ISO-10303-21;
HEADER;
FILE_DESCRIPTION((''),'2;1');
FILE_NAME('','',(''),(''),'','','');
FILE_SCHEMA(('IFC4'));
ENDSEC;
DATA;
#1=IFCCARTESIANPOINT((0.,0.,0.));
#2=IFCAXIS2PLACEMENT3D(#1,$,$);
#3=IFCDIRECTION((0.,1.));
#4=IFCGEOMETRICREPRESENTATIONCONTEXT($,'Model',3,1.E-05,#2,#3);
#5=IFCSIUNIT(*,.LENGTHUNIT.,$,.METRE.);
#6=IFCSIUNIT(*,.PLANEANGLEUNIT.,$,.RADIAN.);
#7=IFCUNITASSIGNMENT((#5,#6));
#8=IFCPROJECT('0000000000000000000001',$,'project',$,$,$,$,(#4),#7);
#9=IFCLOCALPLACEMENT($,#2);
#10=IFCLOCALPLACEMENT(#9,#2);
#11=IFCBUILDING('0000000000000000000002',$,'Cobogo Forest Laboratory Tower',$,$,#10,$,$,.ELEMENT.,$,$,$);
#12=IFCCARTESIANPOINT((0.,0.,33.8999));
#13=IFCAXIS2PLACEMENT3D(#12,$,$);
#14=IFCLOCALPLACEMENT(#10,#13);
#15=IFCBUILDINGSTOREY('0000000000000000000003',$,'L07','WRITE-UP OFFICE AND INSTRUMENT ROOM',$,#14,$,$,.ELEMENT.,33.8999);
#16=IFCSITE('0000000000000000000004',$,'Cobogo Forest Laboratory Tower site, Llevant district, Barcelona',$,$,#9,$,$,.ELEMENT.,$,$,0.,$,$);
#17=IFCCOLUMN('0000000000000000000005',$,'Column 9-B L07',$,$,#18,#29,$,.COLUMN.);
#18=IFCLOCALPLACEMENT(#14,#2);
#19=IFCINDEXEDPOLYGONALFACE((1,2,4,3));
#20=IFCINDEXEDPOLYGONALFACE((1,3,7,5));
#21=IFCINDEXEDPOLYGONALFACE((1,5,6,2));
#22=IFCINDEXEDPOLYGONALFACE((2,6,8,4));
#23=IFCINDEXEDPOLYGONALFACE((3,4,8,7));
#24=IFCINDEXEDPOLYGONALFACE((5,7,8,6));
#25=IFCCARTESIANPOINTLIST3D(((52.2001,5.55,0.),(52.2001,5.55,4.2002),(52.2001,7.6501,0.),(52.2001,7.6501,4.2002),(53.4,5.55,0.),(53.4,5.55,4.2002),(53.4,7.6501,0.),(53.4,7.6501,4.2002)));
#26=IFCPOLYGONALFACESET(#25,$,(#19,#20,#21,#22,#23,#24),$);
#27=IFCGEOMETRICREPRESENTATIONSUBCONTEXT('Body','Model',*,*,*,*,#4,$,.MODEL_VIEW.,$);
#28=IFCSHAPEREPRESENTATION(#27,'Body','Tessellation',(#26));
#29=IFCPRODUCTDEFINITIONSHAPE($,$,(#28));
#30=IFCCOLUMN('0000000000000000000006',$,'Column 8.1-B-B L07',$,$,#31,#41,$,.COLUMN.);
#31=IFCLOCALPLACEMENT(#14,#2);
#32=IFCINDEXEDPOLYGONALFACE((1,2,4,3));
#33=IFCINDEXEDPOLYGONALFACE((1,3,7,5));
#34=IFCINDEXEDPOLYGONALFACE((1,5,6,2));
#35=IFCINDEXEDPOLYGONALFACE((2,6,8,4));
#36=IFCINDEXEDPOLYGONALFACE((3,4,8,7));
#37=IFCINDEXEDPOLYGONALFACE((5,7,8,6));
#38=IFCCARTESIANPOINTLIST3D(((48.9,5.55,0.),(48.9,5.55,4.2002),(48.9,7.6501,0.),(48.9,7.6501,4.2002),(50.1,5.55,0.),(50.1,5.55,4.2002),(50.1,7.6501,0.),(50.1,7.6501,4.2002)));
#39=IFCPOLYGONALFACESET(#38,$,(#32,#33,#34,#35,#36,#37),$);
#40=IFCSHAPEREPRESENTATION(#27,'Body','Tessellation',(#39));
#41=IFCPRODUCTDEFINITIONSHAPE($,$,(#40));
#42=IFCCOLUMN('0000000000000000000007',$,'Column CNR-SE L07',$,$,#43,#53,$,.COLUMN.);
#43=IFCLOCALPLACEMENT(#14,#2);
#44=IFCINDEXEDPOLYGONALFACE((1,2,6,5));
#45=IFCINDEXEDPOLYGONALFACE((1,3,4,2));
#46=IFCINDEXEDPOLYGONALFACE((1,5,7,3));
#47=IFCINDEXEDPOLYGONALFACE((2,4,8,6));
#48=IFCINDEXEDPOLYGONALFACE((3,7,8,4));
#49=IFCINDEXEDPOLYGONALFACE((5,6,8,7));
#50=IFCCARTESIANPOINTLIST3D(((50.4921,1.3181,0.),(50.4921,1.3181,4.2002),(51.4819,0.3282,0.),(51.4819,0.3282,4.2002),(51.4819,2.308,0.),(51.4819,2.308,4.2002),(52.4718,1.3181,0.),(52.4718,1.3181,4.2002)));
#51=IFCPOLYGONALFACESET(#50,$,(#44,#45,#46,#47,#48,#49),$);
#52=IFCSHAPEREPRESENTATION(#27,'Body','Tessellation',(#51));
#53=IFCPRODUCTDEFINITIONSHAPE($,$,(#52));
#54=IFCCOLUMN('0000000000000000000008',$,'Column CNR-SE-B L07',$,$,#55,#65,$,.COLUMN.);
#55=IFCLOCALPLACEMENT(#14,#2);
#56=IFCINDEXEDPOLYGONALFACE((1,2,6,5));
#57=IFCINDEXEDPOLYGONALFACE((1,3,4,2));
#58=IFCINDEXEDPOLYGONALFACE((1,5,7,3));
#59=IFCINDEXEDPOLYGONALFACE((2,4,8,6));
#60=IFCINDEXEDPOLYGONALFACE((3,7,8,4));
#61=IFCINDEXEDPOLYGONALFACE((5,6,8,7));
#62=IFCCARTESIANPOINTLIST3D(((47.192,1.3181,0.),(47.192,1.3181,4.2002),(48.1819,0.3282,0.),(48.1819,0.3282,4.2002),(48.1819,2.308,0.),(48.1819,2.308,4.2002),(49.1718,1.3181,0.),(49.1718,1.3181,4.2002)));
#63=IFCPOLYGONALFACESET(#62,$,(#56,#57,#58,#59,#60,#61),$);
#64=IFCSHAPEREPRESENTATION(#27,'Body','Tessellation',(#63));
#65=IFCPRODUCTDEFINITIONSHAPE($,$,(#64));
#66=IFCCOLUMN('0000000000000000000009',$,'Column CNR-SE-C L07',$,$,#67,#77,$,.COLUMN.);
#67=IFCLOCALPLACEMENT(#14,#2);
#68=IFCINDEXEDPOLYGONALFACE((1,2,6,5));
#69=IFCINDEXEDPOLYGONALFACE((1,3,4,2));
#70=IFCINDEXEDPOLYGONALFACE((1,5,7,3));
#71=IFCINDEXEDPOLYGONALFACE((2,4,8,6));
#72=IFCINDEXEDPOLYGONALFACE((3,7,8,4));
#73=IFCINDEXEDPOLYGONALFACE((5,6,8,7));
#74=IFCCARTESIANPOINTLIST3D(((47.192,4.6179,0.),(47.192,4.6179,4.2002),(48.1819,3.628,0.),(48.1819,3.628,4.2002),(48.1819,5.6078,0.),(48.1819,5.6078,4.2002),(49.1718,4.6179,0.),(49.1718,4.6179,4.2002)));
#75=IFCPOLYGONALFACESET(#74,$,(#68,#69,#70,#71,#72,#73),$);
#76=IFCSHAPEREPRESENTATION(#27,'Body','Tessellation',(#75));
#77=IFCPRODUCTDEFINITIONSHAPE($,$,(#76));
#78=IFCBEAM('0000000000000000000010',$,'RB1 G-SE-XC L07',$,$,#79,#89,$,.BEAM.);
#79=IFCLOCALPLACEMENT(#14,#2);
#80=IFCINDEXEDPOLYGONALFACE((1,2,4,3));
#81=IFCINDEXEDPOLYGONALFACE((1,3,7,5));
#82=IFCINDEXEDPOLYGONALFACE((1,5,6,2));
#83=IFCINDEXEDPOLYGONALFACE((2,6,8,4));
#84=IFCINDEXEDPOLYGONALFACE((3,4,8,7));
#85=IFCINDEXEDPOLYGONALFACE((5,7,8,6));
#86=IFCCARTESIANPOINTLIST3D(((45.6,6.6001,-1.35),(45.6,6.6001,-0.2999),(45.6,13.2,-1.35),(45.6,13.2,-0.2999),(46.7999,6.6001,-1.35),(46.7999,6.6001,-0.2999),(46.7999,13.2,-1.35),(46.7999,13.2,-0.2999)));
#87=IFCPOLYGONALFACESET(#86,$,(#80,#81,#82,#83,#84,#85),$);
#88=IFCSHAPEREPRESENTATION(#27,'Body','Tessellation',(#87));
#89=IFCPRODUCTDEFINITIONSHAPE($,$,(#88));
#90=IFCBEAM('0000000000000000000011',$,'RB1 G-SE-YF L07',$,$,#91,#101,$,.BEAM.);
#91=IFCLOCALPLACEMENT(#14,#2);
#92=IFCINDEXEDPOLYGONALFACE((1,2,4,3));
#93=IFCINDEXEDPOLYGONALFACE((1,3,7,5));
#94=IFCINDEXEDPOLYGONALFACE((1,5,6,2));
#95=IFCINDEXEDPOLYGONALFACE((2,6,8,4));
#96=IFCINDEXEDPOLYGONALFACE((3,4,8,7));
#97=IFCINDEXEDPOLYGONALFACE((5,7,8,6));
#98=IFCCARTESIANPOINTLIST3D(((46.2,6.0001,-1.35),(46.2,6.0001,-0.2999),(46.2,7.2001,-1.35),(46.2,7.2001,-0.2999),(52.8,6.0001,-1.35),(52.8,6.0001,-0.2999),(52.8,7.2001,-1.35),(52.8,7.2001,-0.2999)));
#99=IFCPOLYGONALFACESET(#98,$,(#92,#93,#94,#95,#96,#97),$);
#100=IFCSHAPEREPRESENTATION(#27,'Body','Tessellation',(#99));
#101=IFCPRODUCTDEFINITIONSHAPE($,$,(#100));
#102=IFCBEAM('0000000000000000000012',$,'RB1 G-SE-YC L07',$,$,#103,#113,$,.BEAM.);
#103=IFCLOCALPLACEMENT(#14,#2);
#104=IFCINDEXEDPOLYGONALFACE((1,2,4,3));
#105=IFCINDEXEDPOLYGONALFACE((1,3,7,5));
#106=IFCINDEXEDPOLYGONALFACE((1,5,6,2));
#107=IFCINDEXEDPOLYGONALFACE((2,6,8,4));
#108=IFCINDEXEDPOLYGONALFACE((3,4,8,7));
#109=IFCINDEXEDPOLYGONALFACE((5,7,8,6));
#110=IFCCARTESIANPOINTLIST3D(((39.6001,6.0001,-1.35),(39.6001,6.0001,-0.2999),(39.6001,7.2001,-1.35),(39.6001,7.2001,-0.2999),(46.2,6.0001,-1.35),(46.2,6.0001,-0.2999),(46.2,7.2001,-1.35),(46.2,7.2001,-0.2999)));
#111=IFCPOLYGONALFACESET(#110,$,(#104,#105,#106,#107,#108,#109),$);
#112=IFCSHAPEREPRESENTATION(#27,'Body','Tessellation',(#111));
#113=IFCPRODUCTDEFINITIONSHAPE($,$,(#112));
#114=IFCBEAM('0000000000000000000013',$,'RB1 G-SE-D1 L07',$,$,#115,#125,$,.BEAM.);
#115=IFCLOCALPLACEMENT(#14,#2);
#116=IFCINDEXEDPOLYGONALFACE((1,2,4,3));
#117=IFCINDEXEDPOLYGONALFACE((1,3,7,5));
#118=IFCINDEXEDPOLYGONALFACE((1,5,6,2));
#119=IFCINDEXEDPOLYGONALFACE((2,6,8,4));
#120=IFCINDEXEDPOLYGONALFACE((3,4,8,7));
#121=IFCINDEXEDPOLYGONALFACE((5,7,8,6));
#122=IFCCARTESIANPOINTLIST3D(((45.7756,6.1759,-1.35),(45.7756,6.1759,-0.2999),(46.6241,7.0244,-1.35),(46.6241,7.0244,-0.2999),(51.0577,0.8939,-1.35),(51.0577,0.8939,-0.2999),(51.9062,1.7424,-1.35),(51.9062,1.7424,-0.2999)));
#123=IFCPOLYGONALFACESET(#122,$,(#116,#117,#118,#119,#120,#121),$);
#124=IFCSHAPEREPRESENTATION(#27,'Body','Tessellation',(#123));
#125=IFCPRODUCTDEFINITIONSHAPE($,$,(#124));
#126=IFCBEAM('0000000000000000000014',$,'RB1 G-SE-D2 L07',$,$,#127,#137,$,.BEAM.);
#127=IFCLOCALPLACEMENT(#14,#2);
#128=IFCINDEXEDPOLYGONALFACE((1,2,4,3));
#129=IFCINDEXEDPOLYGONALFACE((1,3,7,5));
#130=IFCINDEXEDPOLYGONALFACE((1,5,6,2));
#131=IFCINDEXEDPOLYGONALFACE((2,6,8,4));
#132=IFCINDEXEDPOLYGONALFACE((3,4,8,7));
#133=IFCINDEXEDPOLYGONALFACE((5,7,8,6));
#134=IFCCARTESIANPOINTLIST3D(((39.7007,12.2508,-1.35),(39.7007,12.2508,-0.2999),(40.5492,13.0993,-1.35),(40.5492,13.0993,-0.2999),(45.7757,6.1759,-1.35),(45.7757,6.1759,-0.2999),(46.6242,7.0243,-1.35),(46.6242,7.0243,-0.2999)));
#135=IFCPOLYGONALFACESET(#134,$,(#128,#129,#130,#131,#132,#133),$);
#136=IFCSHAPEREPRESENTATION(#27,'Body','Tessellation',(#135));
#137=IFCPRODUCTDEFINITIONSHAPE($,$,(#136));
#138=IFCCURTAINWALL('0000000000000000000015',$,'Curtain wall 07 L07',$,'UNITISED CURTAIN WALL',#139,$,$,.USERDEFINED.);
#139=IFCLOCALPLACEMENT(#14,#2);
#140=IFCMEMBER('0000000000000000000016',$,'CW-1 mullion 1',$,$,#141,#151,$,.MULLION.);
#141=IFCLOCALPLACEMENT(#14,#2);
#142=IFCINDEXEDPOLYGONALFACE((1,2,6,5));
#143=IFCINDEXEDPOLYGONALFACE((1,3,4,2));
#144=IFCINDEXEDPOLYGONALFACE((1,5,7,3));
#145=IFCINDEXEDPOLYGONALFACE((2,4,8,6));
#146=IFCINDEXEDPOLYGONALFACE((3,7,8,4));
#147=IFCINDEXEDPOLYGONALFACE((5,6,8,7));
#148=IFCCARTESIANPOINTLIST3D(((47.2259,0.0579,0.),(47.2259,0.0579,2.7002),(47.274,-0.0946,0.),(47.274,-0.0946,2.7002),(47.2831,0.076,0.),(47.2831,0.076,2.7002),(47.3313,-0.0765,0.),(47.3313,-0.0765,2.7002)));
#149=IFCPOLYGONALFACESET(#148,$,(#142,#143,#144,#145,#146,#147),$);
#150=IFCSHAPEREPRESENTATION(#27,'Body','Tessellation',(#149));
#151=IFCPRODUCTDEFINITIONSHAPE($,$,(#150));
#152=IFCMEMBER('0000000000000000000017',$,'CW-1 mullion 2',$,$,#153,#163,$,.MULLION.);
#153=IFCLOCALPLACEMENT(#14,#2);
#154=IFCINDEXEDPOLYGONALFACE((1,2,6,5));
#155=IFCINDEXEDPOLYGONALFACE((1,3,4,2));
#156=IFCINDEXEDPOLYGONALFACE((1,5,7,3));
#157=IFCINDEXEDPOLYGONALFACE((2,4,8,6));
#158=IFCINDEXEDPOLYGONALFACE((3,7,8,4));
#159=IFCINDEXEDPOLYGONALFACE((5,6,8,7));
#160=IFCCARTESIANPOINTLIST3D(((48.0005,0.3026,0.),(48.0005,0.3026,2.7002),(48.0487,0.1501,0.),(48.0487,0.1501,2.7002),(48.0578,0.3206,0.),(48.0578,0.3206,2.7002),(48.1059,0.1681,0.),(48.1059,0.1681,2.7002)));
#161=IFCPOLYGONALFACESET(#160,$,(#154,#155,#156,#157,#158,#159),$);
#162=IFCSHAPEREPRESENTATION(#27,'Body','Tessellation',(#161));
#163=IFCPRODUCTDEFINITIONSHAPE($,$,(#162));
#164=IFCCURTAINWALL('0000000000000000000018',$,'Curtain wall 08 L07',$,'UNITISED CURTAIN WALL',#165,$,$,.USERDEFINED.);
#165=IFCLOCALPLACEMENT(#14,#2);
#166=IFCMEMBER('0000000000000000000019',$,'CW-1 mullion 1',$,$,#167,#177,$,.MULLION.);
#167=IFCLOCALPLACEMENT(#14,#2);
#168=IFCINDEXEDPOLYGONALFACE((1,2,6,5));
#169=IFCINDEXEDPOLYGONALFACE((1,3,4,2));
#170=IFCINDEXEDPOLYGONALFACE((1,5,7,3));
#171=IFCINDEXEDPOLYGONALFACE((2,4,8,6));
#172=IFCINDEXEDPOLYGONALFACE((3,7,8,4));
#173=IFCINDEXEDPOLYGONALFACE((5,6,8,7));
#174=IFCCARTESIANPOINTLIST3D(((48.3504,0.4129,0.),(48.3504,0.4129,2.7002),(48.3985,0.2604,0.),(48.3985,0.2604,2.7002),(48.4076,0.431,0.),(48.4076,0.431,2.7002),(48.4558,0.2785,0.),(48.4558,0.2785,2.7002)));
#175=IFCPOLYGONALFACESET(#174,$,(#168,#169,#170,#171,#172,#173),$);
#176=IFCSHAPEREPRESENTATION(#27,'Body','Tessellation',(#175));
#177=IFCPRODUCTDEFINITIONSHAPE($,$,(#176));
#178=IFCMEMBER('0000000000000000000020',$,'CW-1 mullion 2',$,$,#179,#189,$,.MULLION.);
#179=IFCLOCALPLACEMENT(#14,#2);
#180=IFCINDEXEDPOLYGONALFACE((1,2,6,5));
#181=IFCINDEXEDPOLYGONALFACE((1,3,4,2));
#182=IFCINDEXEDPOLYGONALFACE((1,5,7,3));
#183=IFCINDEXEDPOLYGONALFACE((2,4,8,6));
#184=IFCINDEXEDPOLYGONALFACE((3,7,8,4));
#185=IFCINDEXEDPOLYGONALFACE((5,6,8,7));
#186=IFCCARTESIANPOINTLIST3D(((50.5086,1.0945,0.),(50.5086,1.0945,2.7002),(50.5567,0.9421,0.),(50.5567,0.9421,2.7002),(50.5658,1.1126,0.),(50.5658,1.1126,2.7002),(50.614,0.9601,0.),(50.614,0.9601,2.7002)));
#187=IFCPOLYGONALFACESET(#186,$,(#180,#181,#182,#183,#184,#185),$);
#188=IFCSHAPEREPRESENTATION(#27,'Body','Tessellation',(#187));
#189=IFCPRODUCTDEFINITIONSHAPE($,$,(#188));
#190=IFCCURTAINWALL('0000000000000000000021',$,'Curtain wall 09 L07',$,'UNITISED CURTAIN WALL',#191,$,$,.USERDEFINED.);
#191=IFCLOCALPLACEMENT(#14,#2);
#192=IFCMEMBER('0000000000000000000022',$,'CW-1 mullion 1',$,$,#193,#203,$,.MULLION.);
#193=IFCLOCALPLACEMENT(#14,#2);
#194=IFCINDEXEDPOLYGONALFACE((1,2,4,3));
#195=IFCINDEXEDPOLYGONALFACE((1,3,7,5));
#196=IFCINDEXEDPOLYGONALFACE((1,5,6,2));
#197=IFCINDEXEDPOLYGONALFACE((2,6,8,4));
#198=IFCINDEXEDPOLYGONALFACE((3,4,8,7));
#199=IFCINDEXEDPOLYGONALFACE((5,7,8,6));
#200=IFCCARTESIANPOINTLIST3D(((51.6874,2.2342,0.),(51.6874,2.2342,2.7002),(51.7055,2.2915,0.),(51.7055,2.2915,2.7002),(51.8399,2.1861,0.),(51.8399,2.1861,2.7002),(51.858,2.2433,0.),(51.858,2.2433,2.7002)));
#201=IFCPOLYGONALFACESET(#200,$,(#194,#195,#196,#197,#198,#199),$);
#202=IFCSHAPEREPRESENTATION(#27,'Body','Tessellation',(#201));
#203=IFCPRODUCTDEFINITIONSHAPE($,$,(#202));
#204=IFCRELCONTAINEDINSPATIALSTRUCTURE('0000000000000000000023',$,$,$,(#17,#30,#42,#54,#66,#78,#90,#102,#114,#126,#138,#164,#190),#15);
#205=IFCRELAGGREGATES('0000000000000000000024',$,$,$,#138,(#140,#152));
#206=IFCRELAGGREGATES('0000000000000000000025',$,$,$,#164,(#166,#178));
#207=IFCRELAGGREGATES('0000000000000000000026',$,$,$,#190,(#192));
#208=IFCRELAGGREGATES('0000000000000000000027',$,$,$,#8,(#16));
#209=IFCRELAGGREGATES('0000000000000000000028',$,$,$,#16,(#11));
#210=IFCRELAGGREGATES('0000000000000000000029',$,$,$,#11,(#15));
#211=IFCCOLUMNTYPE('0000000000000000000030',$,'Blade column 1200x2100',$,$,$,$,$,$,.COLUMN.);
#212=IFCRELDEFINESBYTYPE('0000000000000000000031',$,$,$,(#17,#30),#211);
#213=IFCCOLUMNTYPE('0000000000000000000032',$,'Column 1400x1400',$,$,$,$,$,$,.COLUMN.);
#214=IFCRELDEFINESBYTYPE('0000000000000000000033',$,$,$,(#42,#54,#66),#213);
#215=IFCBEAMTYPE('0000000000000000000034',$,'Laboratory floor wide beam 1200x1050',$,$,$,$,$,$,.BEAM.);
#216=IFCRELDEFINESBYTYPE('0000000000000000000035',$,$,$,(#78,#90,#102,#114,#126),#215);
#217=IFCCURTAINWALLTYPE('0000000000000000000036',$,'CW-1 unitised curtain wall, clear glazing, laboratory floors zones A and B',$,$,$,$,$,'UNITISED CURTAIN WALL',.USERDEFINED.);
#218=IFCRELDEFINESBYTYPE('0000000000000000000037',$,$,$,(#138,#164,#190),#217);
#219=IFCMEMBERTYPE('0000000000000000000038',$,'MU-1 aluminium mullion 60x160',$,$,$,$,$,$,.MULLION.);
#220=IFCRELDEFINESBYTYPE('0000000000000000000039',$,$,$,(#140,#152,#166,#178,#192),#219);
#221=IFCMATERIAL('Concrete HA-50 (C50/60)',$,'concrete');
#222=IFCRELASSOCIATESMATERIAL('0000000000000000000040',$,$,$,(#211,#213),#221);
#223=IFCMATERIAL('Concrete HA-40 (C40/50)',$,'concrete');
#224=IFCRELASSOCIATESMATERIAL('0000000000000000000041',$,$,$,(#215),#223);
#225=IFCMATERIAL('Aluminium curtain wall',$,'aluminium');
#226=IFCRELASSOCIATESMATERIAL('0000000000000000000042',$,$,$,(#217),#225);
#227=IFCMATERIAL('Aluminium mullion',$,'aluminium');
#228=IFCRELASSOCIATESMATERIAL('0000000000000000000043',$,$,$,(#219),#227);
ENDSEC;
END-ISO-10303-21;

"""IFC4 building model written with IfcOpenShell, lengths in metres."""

from ifc_helpers import new_model, si_unit, direction, frame, origin, origin_2d, place, context, subcontext, project, spatial, rectangle, extrude, material, material_profile, profile_set, type_object, element, aggregate, save


model = new_model("IFC4")

# Units and contexts
model_context = context("Model", 3, precision=1e-05, world=origin(), true_north=direction((0.0, 1.0)))
body_context = subcontext(model_context, "Body", "Model", "MODEL_VIEW")
ifc_project = project(units=[si_unit("LENGTHUNIT", "METRE"), si_unit("PLANEANGLEUNIT", "RADIAN")], contexts=[model_context])

# Site, building, storey
site_placement = place(None, origin())
site = spatial("IfcSite", under=ifc_project, at=site_placement, Name="Cobogo Forest Laboratory Tower site, Llevant district, Barcelona", CompositionType="ELEMENT", RefElevation=0.0)
building_placement = place(site_placement, origin())
building = spatial("IfcBuilding", under=site, at=building_placement, Name="Cobogo Forest Laboratory Tower", CompositionType="ELEMENT")
storey_placement = place(building_placement, frame((0.0, 0.0, 33.8999)))
storey = spatial("IfcBuildingStorey", under=building, at=storey_placement, Name="L07", Description="WRITE-UP OFFICE AND INSTRUMENT ROOM", CompositionType="ELEMENT", Elevation=33.8999)

# Columns
ifc_material_1 = material(Name="Concrete HA-50 (C50/60)", Category="concrete")
ifc_material_profile_1 = material_profile(ifc_material_1, rectangle(XDim=2.1001, YDim=1.2, at=origin_2d()), Name="RC 1200x2100")
ifc_profile_set_1 = profile_set([ifc_material_profile_1], Name="Concrete HA-50 (C50/60)")
column_type_1 = type_object("IfcColumnType", Name="Blade column 1200x2100", PredefinedType="COLUMN", material=ifc_profile_set_1)
for number, where, z_axis, x_axis, name in (
    (1, (52.8, 6.6001, 0.0), (0.0, 0.0, 1.0), (0.0, 1.0, 0.0), "Column 9-B L07"),
    (2, (49.5, 6.6001, 0.0), (0.0, 0.0, 1.0), (0.0, 1.0, 0.0), "Column 8.1-B-B L07"),
):
    element("IfcColumn", number, at=place(storey_placement, frame(where, z_axis=z_axis, x_axis=x_axis)), inside=storey, type_object=column_type_1, Name=name, PredefinedType="COLUMN", context=body_context, shape_type="SweptSolid", body=[
        extrude(rectangle(XDim=2.1001, YDim=1.2, at=origin_2d()), origin(), (0.0, 0.0, 1.0), 4.2002),
    ])
ifc_material_profile_2 = material_profile(ifc_material_1, rectangle(XDim=1.3999, YDim=1.3999, at=origin_2d()), Name="RC 1400x1400")
ifc_profile_set_2 = profile_set([ifc_material_profile_2], Name="Concrete HA-50 (C50/60)")
column_type_2 = type_object("IfcColumnType", Name="Column 1400x1400", PredefinedType="COLUMN", material=ifc_profile_set_2)
for number, where, z_axis, x_axis, name in (
    (3, (51.4819, 1.3181, 0.0), (0.0, 0.0, 1.0), (0.707107, 0.707107, 0.0), "Column CNR-SE L07"),
    (4, (48.1819, 1.3181, 0.0), (0.0, 0.0, 1.0), (0.707107, 0.707107, 0.0), "Column CNR-SE-B L07"),
    (5, (48.1819, 4.6179, 0.0), (0.0, 0.0, 1.0), (0.707107, 0.707107, 0.0), "Column CNR-SE-C L07"),
):
    element("IfcColumn", number, at=place(storey_placement, frame(where, z_axis=z_axis, x_axis=x_axis)), inside=storey, type_object=column_type_2, Name=name, PredefinedType="COLUMN", context=body_context, shape_type="SweptSolid", body=[
        extrude(rectangle(XDim=1.3999, YDim=1.3999, at=origin_2d()), origin(), (0.0, 0.0, 1.0), 4.2002),
    ])

# Beams
ifc_material_2 = material(Name="Concrete HA-40 (C40/50)", Category="concrete")
ifc_material_profile_3 = material_profile(ifc_material_2, rectangle(XDim=1.2, YDim=1.05, at=origin_2d()), Name="RC 1200x1050")
ifc_profile_set_3 = profile_set([ifc_material_profile_3], Name="Concrete HA-40 (C40/50)")
beam_type_1 = type_object("IfcBeamType", Name="Laboratory floor wide beam 1200x1050", PredefinedType="BEAM", material=ifc_profile_set_3)
beam_1_placement = place(storey_placement, frame((46.2, 6.6001, -0.825), z_axis=(0.0, 1.0, 0.0), x_axis=(-1.0, 0.0, 0.0)))
element("IfcBeam", 6, at=beam_1_placement, inside=storey, type_object=beam_type_1, Name="RB1 G-SE-XC L07", PredefinedType="BEAM", context=body_context, shape_type="SweptSolid", body=[
    extrude(rectangle(XDim=1.2, YDim=1.05, at=origin_2d()), origin(), (0.0, 0.0, 1.0), 6.5999),
])
beam_2_placement = place(storey_placement, frame((52.8, 6.6001, -0.825), z_axis=(-1.0, 0.0, 0.0), x_axis=(0.0, -1.0, 0.0)))
element("IfcBeam", 7, at=beam_2_placement, inside=storey, type_object=beam_type_1, Name="RB1 G-SE-YF L07", PredefinedType="BEAM", context=body_context, shape_type="SweptSolid", body=[
    extrude(rectangle(XDim=1.2, YDim=1.05, at=origin_2d()), origin(), (0.0, 0.0, 1.0), 6.6001),
])
beam_3_placement = place(storey_placement, frame((46.2, 6.6001, -0.825), z_axis=(-1.0, 0.0, 0.0), x_axis=(0.0, -1.0, 0.0)))
element("IfcBeam", 8, at=beam_3_placement, inside=storey, type_object=beam_type_1, Name="RB1 G-SE-YC L07", PredefinedType="BEAM", context=body_context, shape_type="SweptSolid", body=[
    extrude(rectangle(XDim=1.2, YDim=1.05, at=origin_2d()), origin(), (0.0, 0.0, 1.0), 6.5999),
])
beam_4_placement = place(storey_placement, frame((51.4819, 1.3181, -0.825), z_axis=(-0.707107, 0.707107, 0.0), x_axis=(-0.707107, -0.707107, 0.0)))
element("IfcBeam", 9, at=beam_4_placement, inside=storey, type_object=beam_type_1, Name="RB1 G-SE-D1 L07", PredefinedType="BEAM", context=body_context, shape_type="SweptSolid", body=[
    extrude(rectangle(XDim=1.2, YDim=1.05, at=origin_2d()), origin(), (0.0, 0.0, 1.0), 7.47),
])
beam_5_placement = place(storey_placement, frame((46.2, 6.6001, -0.825), z_axis=(-0.707107, 0.707107, 0.0), x_axis=(-0.707107, -0.707107, 0.0)))
element("IfcBeam", 10, at=beam_5_placement, inside=storey, type_object=beam_type_1, Name="RB1 G-SE-D2 L07", PredefinedType="BEAM", context=body_context, shape_type="SweptSolid", body=[
    extrude(rectangle(XDim=1.2, YDim=1.05, at=origin_2d()), origin(), (0.0, 0.0, 1.0), 8.5913),
])

# Curtain walls, members
ifc_material_3 = material(Name="Aluminium curtain wall", Category="aluminium")
curtain_wall_type = type_object("IfcCurtainWallType", Name="CW-1 unitised curtain wall, clear glazing, laboratory floors zones A and B", ElementType="UNITISED CURTAIN WALL", PredefinedType="USERDEFINED", material=ifc_material_3)
curtain_wall_1_placement = place(storey_placement, origin())
curtain_wall_1 = element("IfcCurtainWall", 11, at=curtain_wall_1_placement, inside=storey, type_object=curtain_wall_type, Name="Curtain wall 07 L07", ObjectType="UNITISED CURTAIN WALL", PredefinedType="USERDEFINED")
ifc_material_4 = material(Name="Aluminium mullion", Category="aluminium")
ifc_material_profile_4 = material_profile(ifc_material_4, rectangle(XDim=0.0601, YDim=0.1599, at=origin_2d()), Name="AL 60x160")
ifc_profile_set_4 = profile_set([ifc_material_profile_4], Name="Aluminium mullion")
member_type_1 = type_object("IfcMemberType", Name="MU-1 aluminium mullion 60x160", PredefinedType="MULLION", material=ifc_profile_set_4)
member_1_placement = place(storey_placement, frame((47.2786, -0.0093, 0.0), z_axis=(0.0, 0.0, 1.0), x_axis=(0.953582, 0.301135, 0.0)))
member_1 = element("IfcMember", 12, at=member_1_placement, type_object=member_type_1, Name="CW-1 mullion 1", PredefinedType="MULLION", context=body_context, shape_type="SweptSolid", body=[
    extrude(rectangle(XDim=0.0601, YDim=0.1599, at=origin_2d()), origin(), (0.0, 0.0, 1.0), 2.7002),
])
member_2_placement = place(storey_placement, frame((48.0532, 0.2354, 0.0), z_axis=(0.0, 0.0, 1.0), x_axis=(0.953582, 0.301135, 0.0)))
member_2 = element("IfcMember", 13, at=member_2_placement, type_object=member_type_1, Name="CW-1 mullion 2", PredefinedType="MULLION", context=body_context, shape_type="SweptSolid", body=[
    extrude(rectangle(XDim=0.0601, YDim=0.1599, at=origin_2d()), origin(), (0.0, 0.0, 1.0), 2.7002),
])
curtain_wall_2_placement = place(storey_placement, origin())
curtain_wall_2 = element("IfcCurtainWall", 14, at=curtain_wall_2_placement, inside=storey, type_object=curtain_wall_type, Name="Curtain wall 08 L07", ObjectType="UNITISED CURTAIN WALL", PredefinedType="USERDEFINED")
member_3_placement = place(storey_placement, frame((48.4031, 0.3457, 0.0), z_axis=(0.0, 0.0, 1.0), x_axis=(0.953581, 0.301135, 0.0)))
member_3 = element("IfcMember", 15, at=member_3_placement, type_object=member_type_1, Name="CW-1 mullion 1", PredefinedType="MULLION", context=body_context, shape_type="SweptSolid", body=[
    extrude(rectangle(XDim=0.0601, YDim=0.1599, at=origin_2d()), origin(), (0.0, 0.0, 1.0), 2.7002),
])
member_4_placement = place(storey_placement, frame((50.5613, 1.0273, 0.0), z_axis=(0.0, 0.0, 1.0), x_axis=(0.953581, 0.301135, 0.0)))
member_4 = element("IfcMember", 16, at=member_4_placement, type_object=member_type_1, Name="CW-1 mullion 2", PredefinedType="MULLION", context=body_context, shape_type="SweptSolid", body=[
    extrude(rectangle(XDim=0.0601, YDim=0.1599, at=origin_2d()), origin(), (0.0, 0.0, 1.0), 2.7002),
])
curtain_wall_3_placement = place(storey_placement, origin())
curtain_wall_3 = element("IfcCurtainWall", 17, at=curtain_wall_3_placement, inside=storey, type_object=curtain_wall_type, Name="Curtain wall 09 L07", ObjectType="UNITISED CURTAIN WALL", PredefinedType="USERDEFINED")
member_5_placement = place(storey_placement, frame((51.7727, 2.2388, 0.0), z_axis=(0.0, 0.0, 1.0), x_axis=(0.301135, 0.953581, 0.0)))
member_5 = element("IfcMember", 18, at=member_5_placement, type_object=member_type_1, Name="CW-1 mullion 1", PredefinedType="MULLION", context=body_context, shape_type="SweptSolid", body=[
    extrude(rectangle(XDim=0.0601, YDim=0.1599, at=origin_2d()), origin(), (0.0, 0.0, 1.0), 2.7002),
])

aggregate(curtain_wall_1, [member_1, member_2])
aggregate(curtain_wall_2, [member_3, member_4])
aggregate(curtain_wall_3, [member_5])

save(model, "model.ifc")
